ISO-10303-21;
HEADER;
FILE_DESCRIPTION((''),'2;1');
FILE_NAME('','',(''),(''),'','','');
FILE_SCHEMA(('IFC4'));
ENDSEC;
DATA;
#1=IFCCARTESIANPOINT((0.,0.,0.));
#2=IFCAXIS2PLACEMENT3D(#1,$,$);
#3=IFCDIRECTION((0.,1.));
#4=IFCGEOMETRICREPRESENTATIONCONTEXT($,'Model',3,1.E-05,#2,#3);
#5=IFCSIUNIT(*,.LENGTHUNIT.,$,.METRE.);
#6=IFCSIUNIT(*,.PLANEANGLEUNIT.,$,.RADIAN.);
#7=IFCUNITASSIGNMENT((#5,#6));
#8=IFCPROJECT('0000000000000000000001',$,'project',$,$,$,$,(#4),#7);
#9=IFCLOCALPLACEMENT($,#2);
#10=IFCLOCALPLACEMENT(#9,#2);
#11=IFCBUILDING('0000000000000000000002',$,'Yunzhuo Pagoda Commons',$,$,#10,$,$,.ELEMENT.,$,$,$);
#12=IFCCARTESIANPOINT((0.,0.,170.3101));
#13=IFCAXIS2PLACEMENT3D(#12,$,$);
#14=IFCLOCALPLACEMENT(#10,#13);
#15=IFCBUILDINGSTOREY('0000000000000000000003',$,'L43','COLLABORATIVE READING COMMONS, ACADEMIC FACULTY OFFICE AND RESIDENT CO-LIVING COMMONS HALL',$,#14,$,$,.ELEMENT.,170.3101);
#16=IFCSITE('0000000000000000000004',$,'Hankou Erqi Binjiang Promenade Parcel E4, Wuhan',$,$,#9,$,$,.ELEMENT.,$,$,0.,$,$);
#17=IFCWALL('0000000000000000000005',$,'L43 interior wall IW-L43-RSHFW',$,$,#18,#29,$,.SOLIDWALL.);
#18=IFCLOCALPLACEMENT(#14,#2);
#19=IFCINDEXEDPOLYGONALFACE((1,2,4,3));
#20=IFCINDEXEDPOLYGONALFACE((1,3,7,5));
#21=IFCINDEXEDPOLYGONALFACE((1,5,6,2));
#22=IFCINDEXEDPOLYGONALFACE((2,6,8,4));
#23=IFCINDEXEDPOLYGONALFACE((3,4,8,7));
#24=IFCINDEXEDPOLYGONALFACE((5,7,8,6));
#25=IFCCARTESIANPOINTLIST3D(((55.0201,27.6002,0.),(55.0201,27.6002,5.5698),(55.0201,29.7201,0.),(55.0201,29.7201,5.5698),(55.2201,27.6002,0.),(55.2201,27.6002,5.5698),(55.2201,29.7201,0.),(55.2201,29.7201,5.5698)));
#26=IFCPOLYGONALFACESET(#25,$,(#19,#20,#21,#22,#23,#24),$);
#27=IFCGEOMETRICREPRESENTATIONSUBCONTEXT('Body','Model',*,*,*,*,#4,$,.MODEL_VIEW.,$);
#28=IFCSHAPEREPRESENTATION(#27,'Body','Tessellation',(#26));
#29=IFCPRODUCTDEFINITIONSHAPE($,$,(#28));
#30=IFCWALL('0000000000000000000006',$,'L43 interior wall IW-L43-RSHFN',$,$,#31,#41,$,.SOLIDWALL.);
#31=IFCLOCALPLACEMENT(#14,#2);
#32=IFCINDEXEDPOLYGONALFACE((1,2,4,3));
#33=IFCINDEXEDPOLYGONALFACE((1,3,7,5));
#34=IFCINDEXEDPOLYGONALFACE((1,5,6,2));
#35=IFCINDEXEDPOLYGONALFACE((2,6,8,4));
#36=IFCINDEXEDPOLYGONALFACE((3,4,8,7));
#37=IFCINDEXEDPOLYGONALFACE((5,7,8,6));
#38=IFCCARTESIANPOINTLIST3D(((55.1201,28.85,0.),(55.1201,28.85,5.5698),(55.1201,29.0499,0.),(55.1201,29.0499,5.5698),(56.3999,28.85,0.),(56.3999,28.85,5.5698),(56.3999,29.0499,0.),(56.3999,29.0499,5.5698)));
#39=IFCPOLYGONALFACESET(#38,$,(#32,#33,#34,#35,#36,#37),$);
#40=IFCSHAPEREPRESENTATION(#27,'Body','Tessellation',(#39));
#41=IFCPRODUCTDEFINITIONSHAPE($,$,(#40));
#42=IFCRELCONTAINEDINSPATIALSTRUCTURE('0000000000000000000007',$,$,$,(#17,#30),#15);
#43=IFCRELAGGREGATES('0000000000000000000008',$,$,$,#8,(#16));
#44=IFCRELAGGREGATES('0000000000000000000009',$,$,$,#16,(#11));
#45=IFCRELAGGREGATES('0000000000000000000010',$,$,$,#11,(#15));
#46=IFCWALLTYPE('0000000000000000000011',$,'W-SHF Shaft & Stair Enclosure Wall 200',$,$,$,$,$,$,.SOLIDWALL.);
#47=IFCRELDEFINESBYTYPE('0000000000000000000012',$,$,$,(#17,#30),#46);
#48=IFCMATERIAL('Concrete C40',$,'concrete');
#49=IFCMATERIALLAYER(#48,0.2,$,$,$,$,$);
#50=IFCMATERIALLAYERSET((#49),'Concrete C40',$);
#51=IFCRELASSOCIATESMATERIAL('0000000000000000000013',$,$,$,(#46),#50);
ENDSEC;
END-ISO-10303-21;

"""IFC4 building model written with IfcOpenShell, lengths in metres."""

from ifc_helpers import new_model, si_unit, direction, frame, frame_2d, origin, place, context, subcontext, project, spatial, rectangle, extrude, material, layer, layer_set, type_object, element, save


model = new_model("IFC4")

# Units and contexts
model_context = context("Model", 3, precision=1e-05, world=origin(), true_north=direction((0.0, 1.0)))
body_context = subcontext(model_context, "Body", "Model", "MODEL_VIEW")
ifc_project = project(units=[si_unit("LENGTHUNIT", "METRE"), si_unit("PLANEANGLEUNIT", "RADIAN")], contexts=[model_context])

# Site, building, storey
site_placement = place(None, origin())
site = spatial("IfcSite", under=ifc_project, at=site_placement, Name="Hankou Erqi Binjiang Promenade Parcel E4, Wuhan", CompositionType="ELEMENT", RefElevation=0.0)
building_placement = place(site_placement, origin())
building = spatial("IfcBuilding", under=site, at=building_placement, Name="Yunzhuo Pagoda Commons", CompositionType="ELEMENT")
storey_placement = place(building_placement, frame((0.0, 0.0, 170.3101)))
storey = spatial("IfcBuildingStorey", under=building, at=storey_placement, Name="L43", Description="COLLABORATIVE READING COMMONS, ACADEMIC FACULTY OFFICE AND RESIDENT CO-LIVING COMMONS HALL", CompositionType="ELEMENT", Elevation=170.3101)

# Shared definitions
ifc_material_1 = material(Name="Concrete C40", Category="concrete")
ifc_layer_1 = layer(ifc_material_1, 0.2)
ifc_layer_set_1 = layer_set([ifc_layer_1], Name="Concrete C40")
wall_type_1 = type_object("IfcWallType", Name="W-SHF Shaft & Stair Enclosure Wall 200", PredefinedType="SOLIDWALL", material=ifc_layer_set_1)

# Walls
for number, where, z_axis, x_axis, name in (
    (1, (55.1201, 27.6001, 0.0), (0.0, 0.0, 1.0), (0.0, 1.0, 0.0), "L43 interior wall IW-L43-RSHFW"),
):
    element("IfcWall", number, at=place(storey_placement, frame(where, z_axis=z_axis, x_axis=x_axis)), inside=storey, type_object=wall_type_1, Name=name, PredefinedType="SOLIDWALL", context=body_context, shape_type="SweptSolid", body=[
        extrude(rectangle(XDim=2.1199, YDim=0.2, at=frame_2d((1.0601, 0.0))), origin(), (0.0, 0.0, 1.0), 5.5698),
    ])
wall_1_placement = place(storey_placement, frame((55.1201, 28.95, 0.0), z_axis=(0.0, 0.0, 1.0), x_axis=(1.0, 0.0, 0.0)))
element("IfcWall", 2, at=wall_1_placement, inside=storey, type_object=wall_type_1, Name="L43 interior wall IW-L43-RSHFN", PredefinedType="SOLIDWALL", context=body_context, shape_type="SweptSolid", body=[
    extrude(rectangle(XDim=1.2798, YDim=0.2, at=frame_2d((0.6399, 0.0))), origin(), (0.0, 0.0, 1.0), 5.5698),
])

save(model, "model.ifc")
